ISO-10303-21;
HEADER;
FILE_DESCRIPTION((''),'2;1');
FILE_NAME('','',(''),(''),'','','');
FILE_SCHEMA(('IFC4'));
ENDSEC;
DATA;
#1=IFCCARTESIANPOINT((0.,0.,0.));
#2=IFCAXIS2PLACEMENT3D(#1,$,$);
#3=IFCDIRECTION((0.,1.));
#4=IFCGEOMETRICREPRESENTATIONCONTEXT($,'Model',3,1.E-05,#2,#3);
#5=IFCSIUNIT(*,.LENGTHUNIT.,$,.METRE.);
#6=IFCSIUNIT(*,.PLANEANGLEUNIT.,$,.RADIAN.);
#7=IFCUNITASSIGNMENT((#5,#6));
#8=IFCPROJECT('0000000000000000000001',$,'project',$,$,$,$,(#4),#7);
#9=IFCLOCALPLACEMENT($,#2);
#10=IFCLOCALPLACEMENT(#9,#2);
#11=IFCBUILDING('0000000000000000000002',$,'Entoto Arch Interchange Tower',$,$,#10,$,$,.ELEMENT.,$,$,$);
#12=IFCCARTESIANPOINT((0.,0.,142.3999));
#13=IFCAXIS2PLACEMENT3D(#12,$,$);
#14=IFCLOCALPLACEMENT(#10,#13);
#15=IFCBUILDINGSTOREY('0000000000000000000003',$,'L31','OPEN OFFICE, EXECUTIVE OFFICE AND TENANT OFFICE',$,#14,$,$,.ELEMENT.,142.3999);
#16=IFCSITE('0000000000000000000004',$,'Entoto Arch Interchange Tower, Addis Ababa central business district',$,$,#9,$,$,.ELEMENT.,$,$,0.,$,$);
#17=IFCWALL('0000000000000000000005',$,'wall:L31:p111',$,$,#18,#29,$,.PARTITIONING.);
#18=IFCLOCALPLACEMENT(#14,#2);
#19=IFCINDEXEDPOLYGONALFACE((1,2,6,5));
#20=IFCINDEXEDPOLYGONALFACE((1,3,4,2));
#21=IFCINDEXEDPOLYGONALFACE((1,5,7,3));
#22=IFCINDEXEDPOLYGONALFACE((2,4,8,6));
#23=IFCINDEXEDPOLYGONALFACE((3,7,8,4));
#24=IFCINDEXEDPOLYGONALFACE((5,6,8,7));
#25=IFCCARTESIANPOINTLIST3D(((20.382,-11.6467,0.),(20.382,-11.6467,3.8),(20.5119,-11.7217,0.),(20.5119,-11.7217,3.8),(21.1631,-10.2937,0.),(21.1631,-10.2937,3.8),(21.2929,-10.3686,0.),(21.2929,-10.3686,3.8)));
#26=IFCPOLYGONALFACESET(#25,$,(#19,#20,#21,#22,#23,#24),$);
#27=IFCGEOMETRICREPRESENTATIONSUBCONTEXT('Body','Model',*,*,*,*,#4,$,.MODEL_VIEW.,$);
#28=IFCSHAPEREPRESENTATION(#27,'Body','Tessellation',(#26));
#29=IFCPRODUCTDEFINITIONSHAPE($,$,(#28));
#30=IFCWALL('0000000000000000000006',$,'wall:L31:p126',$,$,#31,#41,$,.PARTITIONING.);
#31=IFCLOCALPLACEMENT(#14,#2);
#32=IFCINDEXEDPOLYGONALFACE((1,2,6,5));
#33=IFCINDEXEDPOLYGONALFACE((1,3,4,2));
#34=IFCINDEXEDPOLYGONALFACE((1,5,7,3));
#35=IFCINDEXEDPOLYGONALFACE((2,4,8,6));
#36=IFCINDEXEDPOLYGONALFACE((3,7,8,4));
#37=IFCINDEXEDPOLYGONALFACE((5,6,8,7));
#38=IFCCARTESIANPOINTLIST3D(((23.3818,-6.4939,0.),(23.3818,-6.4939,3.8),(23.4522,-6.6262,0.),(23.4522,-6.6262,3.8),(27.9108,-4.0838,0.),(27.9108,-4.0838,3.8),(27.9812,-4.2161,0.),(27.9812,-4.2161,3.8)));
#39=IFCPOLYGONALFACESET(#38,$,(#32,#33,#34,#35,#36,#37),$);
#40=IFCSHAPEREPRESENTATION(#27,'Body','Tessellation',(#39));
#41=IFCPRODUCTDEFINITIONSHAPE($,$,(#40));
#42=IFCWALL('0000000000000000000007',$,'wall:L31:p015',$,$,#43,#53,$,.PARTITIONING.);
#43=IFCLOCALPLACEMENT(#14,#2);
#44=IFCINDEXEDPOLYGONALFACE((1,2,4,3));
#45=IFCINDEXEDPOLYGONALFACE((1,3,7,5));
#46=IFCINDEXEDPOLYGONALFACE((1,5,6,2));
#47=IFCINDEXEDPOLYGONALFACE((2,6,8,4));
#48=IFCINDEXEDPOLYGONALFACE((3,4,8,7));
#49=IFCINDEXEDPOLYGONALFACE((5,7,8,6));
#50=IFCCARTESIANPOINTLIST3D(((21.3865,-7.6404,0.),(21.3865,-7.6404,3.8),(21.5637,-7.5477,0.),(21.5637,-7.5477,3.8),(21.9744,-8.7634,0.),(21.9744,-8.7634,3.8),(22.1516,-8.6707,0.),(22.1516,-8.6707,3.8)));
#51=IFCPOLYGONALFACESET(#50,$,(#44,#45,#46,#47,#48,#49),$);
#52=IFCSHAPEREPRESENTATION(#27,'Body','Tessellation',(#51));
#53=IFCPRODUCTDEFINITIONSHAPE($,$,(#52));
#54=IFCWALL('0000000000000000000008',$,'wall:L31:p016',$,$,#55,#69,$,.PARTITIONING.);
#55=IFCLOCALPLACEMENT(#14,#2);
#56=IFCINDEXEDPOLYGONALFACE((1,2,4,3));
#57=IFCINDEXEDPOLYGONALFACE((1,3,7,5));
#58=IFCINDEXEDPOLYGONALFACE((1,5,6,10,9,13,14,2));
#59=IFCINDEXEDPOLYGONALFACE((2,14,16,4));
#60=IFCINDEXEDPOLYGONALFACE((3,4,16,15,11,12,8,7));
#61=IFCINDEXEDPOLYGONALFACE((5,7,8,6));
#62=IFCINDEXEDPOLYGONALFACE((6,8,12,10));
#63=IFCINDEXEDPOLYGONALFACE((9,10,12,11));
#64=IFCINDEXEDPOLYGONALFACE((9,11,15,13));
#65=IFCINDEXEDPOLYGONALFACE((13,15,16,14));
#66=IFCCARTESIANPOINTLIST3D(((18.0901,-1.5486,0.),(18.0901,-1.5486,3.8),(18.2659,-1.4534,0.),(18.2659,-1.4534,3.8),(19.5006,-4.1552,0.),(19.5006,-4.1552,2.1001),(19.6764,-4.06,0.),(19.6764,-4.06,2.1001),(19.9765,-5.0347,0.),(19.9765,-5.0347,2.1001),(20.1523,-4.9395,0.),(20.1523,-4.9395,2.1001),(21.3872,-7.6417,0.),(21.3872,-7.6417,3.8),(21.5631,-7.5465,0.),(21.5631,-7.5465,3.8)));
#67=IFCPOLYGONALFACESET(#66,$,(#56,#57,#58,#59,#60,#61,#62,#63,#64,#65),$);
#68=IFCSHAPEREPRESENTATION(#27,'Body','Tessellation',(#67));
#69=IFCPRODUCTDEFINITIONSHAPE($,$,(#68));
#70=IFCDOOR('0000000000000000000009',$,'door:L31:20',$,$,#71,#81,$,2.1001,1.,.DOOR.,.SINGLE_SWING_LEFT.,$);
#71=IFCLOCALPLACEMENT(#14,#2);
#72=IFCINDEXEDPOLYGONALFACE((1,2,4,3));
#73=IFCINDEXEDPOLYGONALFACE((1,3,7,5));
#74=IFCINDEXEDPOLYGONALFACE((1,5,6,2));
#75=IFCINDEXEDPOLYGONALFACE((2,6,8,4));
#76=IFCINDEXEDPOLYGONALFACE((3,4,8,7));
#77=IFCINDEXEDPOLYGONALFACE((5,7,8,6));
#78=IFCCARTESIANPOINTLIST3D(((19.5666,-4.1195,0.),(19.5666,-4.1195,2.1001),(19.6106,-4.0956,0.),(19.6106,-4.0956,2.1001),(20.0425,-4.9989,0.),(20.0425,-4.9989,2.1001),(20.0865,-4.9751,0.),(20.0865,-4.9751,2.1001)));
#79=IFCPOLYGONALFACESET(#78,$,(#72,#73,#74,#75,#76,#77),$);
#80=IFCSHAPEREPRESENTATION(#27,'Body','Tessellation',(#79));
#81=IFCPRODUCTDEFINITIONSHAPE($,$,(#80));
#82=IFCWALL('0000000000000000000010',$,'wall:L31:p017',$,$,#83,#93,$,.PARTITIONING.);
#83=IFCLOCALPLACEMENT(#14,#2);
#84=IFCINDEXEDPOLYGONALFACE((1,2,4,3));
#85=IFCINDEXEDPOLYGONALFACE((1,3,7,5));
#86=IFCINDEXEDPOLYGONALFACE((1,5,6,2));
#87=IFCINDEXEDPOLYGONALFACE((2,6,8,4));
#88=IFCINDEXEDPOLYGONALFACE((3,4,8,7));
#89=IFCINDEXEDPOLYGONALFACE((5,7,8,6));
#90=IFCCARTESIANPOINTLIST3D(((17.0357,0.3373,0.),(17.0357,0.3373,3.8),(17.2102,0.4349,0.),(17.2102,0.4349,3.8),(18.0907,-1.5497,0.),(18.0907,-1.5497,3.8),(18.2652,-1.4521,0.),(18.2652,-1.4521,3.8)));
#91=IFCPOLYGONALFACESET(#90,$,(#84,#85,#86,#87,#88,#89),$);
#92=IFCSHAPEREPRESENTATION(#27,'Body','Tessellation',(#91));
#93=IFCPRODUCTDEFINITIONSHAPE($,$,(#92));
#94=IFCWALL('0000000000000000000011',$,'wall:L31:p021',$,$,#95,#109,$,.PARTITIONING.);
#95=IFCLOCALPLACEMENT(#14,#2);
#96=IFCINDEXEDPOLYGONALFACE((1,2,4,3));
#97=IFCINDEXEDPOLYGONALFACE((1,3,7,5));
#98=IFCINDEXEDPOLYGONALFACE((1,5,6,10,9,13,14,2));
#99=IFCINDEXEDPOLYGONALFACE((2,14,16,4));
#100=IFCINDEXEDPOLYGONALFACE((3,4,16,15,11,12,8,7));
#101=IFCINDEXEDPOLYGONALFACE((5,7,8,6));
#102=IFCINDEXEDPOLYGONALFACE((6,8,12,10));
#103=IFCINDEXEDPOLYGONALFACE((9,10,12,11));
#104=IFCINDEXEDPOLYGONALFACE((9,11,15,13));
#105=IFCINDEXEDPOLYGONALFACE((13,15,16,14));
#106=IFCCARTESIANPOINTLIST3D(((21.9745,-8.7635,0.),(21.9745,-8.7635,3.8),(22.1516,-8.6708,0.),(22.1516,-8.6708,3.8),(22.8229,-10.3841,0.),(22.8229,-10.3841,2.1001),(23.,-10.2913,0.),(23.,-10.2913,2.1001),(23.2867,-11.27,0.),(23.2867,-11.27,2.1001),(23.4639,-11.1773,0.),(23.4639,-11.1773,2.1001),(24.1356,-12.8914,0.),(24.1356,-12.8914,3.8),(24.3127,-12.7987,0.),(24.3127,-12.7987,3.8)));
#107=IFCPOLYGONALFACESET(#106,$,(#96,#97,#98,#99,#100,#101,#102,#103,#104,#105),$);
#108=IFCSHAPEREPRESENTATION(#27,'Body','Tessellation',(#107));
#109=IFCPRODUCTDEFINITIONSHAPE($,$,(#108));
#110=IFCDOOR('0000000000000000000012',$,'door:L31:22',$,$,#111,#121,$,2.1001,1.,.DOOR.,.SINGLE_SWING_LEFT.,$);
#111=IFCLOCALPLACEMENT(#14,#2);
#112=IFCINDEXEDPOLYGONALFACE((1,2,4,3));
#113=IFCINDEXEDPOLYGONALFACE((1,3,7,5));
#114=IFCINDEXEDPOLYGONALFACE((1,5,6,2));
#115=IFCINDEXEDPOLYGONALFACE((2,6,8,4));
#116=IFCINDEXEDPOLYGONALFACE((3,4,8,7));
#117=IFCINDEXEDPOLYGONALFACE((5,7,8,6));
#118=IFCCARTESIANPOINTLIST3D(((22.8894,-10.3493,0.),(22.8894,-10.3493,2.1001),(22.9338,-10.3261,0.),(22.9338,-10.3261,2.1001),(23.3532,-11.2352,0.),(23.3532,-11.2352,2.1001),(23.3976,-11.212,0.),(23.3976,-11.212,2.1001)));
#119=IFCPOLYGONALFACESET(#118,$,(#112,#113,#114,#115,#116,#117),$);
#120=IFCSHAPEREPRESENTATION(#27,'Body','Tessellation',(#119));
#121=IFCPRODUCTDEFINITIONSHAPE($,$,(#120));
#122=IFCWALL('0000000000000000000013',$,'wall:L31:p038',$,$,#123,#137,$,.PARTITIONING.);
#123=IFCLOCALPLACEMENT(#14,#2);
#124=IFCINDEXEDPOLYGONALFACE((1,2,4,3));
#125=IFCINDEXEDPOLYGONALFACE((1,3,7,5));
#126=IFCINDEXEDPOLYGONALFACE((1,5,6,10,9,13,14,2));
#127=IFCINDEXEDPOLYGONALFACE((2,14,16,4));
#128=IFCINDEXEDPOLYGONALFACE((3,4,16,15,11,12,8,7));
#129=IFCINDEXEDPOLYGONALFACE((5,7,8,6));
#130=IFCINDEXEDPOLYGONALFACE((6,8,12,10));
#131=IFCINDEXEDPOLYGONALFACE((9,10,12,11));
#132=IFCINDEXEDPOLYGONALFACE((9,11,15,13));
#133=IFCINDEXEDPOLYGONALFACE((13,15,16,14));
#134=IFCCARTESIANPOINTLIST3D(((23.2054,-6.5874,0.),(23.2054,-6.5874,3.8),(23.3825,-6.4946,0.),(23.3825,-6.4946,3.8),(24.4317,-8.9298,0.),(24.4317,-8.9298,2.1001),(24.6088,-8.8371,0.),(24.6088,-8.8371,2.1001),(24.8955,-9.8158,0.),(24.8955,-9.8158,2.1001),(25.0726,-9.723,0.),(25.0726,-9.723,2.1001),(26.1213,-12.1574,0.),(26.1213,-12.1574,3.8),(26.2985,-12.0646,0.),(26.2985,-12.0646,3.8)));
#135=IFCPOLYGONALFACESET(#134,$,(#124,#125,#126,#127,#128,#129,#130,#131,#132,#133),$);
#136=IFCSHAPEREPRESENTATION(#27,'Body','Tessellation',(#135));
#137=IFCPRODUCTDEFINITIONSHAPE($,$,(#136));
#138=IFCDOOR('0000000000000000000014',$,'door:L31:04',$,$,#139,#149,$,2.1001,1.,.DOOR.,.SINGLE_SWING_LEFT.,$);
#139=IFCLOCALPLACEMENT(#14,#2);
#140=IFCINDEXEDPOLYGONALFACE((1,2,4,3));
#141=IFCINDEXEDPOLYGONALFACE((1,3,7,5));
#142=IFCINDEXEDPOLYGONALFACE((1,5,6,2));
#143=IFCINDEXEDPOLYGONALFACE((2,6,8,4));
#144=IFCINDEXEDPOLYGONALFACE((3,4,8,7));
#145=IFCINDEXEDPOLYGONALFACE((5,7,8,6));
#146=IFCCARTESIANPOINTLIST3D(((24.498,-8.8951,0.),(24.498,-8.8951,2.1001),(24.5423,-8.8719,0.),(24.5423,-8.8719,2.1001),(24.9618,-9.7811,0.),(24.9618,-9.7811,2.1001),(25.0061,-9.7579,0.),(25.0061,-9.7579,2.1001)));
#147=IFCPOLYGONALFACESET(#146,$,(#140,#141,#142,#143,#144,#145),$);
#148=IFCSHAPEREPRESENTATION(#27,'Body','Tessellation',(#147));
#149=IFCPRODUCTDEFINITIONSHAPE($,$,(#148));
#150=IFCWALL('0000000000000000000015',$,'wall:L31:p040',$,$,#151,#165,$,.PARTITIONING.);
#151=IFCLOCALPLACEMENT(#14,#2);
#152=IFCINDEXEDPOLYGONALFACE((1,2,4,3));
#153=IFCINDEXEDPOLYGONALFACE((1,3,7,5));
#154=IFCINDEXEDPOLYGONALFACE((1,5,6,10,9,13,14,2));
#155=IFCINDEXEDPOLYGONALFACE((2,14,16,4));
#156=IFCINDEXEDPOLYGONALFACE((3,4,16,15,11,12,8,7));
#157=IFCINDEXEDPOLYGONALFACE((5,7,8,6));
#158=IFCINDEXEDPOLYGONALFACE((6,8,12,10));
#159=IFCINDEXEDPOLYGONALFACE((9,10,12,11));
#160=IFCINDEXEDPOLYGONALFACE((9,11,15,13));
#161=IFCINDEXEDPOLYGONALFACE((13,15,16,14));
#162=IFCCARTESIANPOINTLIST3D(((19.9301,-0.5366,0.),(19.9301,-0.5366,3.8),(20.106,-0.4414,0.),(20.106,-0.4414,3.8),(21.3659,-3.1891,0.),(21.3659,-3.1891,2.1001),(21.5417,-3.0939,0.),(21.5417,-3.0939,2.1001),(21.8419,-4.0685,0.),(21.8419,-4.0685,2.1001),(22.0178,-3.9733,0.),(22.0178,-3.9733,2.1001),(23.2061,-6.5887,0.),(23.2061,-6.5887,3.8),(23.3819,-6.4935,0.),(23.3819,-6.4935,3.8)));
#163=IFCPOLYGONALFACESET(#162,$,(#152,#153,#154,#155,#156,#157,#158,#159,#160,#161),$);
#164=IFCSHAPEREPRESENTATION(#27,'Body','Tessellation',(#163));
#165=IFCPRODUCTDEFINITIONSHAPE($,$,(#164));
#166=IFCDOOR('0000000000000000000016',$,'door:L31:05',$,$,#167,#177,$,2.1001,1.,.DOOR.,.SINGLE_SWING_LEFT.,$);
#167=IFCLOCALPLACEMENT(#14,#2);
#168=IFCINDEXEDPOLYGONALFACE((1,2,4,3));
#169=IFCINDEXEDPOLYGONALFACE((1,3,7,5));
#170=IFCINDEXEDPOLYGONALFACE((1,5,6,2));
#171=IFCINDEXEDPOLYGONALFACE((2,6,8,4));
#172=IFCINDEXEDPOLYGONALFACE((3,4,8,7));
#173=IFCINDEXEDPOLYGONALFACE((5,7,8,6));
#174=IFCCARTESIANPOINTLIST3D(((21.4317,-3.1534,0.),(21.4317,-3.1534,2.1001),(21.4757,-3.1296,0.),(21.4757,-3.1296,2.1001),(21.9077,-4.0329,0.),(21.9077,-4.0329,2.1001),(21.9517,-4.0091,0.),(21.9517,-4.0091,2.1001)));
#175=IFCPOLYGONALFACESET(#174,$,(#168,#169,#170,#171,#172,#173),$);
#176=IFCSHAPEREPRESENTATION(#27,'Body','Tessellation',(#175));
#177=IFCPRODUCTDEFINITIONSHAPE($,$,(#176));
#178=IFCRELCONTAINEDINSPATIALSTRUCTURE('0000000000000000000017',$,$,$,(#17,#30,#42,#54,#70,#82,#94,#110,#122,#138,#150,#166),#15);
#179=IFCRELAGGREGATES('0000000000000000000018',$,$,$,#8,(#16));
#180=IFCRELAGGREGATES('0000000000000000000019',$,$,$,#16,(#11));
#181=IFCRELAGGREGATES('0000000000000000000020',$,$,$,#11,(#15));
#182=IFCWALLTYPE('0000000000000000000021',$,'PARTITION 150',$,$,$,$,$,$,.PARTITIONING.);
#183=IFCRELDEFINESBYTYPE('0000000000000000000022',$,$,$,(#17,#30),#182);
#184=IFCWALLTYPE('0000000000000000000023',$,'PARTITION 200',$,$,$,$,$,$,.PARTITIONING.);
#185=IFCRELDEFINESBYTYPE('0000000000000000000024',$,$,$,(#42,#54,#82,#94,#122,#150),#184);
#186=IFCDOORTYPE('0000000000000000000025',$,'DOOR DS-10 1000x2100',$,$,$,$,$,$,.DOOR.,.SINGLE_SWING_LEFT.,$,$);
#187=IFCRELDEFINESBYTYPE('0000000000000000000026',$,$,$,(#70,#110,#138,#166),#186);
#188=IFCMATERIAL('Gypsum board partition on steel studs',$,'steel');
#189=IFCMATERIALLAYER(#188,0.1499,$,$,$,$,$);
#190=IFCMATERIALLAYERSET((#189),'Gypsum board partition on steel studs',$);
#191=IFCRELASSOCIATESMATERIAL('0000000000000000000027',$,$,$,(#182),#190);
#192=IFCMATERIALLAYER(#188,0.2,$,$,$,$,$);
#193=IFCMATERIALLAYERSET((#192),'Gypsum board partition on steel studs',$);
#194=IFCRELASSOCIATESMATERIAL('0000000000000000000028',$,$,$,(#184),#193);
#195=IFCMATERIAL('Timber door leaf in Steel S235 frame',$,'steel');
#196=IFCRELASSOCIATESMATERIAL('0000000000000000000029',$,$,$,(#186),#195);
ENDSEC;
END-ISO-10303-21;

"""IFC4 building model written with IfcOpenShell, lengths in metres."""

from ifc_helpers import new_model, si_unit, direction, frame, frame_2d, origin, place, context, subcontext, project, spatial, rectangle, extrude, material, layer, layer_set, type_object, element, fill, save


model = new_model("IFC4")

# Units and contexts
model_context = context("Model", 3, precision=1e-05, world=origin(), true_north=direction((0.0, 1.0)))
body_context = subcontext(model_context, "Body", "Model", "MODEL_VIEW")
ifc_project = project(units=[si_unit("LENGTHUNIT", "METRE"), si_unit("PLANEANGLEUNIT", "RADIAN")], contexts=[model_context])

# Site, building, storey
site_placement = place(None, origin())
site = spatial("IfcSite", under=ifc_project, at=site_placement, Name="Entoto Arch Interchange Tower, Addis Ababa central business district", CompositionType="ELEMENT", RefElevation=0.0)
building_placement = place(site_placement, origin())
building = spatial("IfcBuilding", under=site, at=building_placement, Name="Entoto Arch Interchange Tower", CompositionType="ELEMENT")
storey_placement = place(building_placement, frame((0.0, 0.0, 142.3999)))
storey = spatial("IfcBuildingStorey", under=building, at=storey_placement, Name="L31", Description="OPEN OFFICE, EXECUTIVE OFFICE AND TENANT OFFICE", CompositionType="ELEMENT", Elevation=142.3999)

# Walls
ifc_material_1 = material(Name="Gypsum board partition on steel studs", Category="steel")
ifc_layer_1 = layer(ifc_material_1, 0.1499)
ifc_layer_set_1 = layer_set([ifc_layer_1], Name="Gypsum board partition on steel studs")
wall_type_1 = type_object("IfcWallType", Name="PARTITION 150", PredefinedType="PARTITIONING", material=ifc_layer_set_1)
wall_1_placement = place(storey_placement, frame((21.228, -10.3311, 0.0), z_axis=(0.0, 0.0, 1.0), x_axis=(-0.499921, -0.866071, 0.0)))
element("IfcWall", 1, at=wall_1_placement, inside=storey, type_object=wall_type_1, Name="wall:L31:p111", PredefinedType="PARTITIONING", context=body_context, shape_type="SweptSolid", body=[
    extrude(rectangle(XDim=1.5623, YDim=0.1499, at=frame_2d((0.7812, 0.0))), origin(), (0.0, 0.0, 1.0), 3.8),
])
wall_2_placement = place(storey_placement, frame((23.417, -6.5601, 0.0), z_axis=(0.0, 0.0, 1.0), x_axis=(0.882785, 0.469778, 0.0)))
element("IfcWall", 2, at=wall_2_placement, inside=storey, type_object=wall_type_1, Name="wall:L31:p126", PredefinedType="PARTITIONING", context=body_context, shape_type="SweptSolid", body=[
    extrude(rectangle(XDim=5.1304, YDim=0.1499, at=frame_2d((2.5652, 0.0))), origin(), (0.0, 0.0, 1.0), 3.8),
])
ifc_layer_2 = layer(ifc_material_1, 0.2)
ifc_layer_set_2 = layer_set([ifc_layer_2], Name="Gypsum board partition on steel studs")
wall_type_2 = type_object("IfcWallType", Name="PARTITION 200", PredefinedType="PARTITIONING", material=ifc_layer_set_2)
wall_3_placement = place(storey_placement, frame((22.063, -8.717, 0.0), z_axis=(0.0, 0.0, 1.0), x_axis=(-0.463777, 0.885952, 0.0)))
element("IfcWall", 3, at=wall_3_placement, inside=storey, type_object=wall_type_2, Name="wall:L31:p015", PredefinedType="PARTITIONING", context=body_context, shape_type="SweptSolid", body=[
    extrude(rectangle(XDim=1.2676, YDim=0.2, at=frame_2d((0.6338, 0.0))), origin(), (0.0, 0.0, 1.0), 3.8),
])

# Wall, opening, door
wall_4_placement = place(storey_placement, frame((21.4751, -7.594, 0.0), z_axis=(0.0, 0.0, 1.0), x_axis=(-0.475919, 0.879489, 0.0)))
wall_4 = element("IfcWall", 4, at=wall_4_placement, inside=storey, type_object=wall_type_2, Name="wall:L31:p016", PredefinedType="PARTITIONING", context=body_context, shape_type="SweptSolid", body=[
    extrude(rectangle(XDim=6.928, YDim=0.2, at=frame_2d((3.4639, 0.0))), origin(), (0.0, 0.0, 1.0), 3.8),
])
opening_1_placement = place(wall_4_placement, frame((2.9641, 0.0, 0.0)))
opening_1 = element("IfcOpeningElement", 5, at=opening_1_placement, cuts=wall_4, PredefinedType="OPENING", context=body_context, shape_type="SweptSolid", body=[
    extrude(rectangle(XDim=1.0, YDim=2.1001, at=frame_2d((0.5, 1.05))), frame((0.0, 0.1099, 0.0), z_axis=(0.0, -1.0, 0.0), x_axis=(1.0, 0.0, 0.0)), (0.0, 0.0, 1.0), 0.22),
])
ifc_material_2 = material(Name="Timber door leaf in Steel S235 frame", Category="steel")
door_type = type_object("IfcDoorType", Name="DOOR DS-10 1000x2100", OperationType="SINGLE_SWING_LEFT", PredefinedType="DOOR", material=ifc_material_2)
door_1_placement = place(opening_1_placement, origin())
door_1 = element("IfcDoor", 6, at=door_1_placement, inside=storey, type_object=door_type, Name="door:L31:20", OperationType="SINGLE_SWING_LEFT", OverallHeight=2.1001, OverallWidth=1.0, PredefinedType="DOOR", context=body_context, shape_type="SweptSolid", body=[
    extrude(rectangle(XDim=1.0, YDim=2.1001, at=frame_2d((0.5, 1.05))), frame((0.0, 0.0249, 0.0), z_axis=(0.0, -1.0, 0.0), x_axis=(1.0, 0.0, 0.0)), (0.0, 0.0, 1.0), 0.05),
])
fill(opening_1, door_1)

# Wall
wall_5_placement = place(storey_placement, frame((18.178, -1.501, 0.0), z_axis=(0.0, 0.0, 1.0), x_axis=(-0.487981, 0.872854, 0.0)))
element("IfcWall", 7, at=wall_5_placement, inside=storey, type_object=wall_type_2, Name="wall:L31:p017", PredefinedType="PARTITIONING", context=body_context, shape_type="SweptSolid", body=[
    extrude(rectangle(XDim=2.1619, YDim=0.2, at=frame_2d((1.0811, 0.0))), origin(), (0.0, 0.0, 1.0), 3.8),
])

# Walls, openings, doors
wall_6_placement = place(storey_placement, frame((24.2241, -12.845, 0.0), z_axis=(0.0, 0.0, 1.0), x_axis=(-0.463819, 0.88593, 0.0)))
wall_6 = element("IfcWall", 8, at=wall_6_placement, inside=storey, type_object=wall_type_2, Name="wall:L31:p021", PredefinedType="PARTITIONING", context=body_context, shape_type="SweptSolid", body=[
    extrude(rectangle(XDim=4.6594, YDim=0.2, at=frame_2d((2.3296, 0.0))), origin(), (0.0, 0.0, 1.0), 3.8),
])
opening_2_placement = place(wall_6_placement, frame((1.8301, 0.0, 0.0)))
opening_2 = element("IfcOpeningElement", 9, at=opening_2_placement, cuts=wall_6, PredefinedType="OPENING", context=body_context, shape_type="SweptSolid", body=[
    extrude(rectangle(XDim=1.0, YDim=2.1001, at=frame_2d((0.5, 1.05))), frame((0.0, 0.1099, 0.0), z_axis=(0.0, -1.0, 0.0), x_axis=(1.0, 0.0, 0.0)), (0.0, 0.0, 1.0), 0.22),
])
door_2_placement = place(opening_2_placement, origin())
door_2 = element("IfcDoor", 10, at=door_2_placement, inside=storey, type_object=door_type, Name="door:L31:22", OperationType="SINGLE_SWING_LEFT", OverallHeight=2.1001, OverallWidth=1.0, PredefinedType="DOOR", context=body_context, shape_type="SweptSolid", body=[
    extrude(rectangle(XDim=1.0, YDim=2.1001, at=frame_2d((0.5, 1.05))), frame((0.0, 0.0249, 0.0), z_axis=(0.0, -1.0, 0.0), x_axis=(1.0, 0.0, 0.0)), (0.0, 0.0, 1.0), 0.05),
])
fill(opening_2, door_2)
wall_7_placement = place(storey_placement, frame((23.2939, -6.541, 0.0), z_axis=(0.0, 0.0, 1.0), x_axis=(0.463802, -0.885939, 0.0)))
wall_7 = element("IfcWall", 11, at=wall_7_placement, inside=storey, type_object=wall_type_2, Name="wall:L31:p038", PredefinedType="PARTITIONING", context=body_context, shape_type="SweptSolid", body=[
    extrude(rectangle(XDim=6.2871, YDim=0.2, at=frame_2d((3.1436, 0.0))), origin(), (0.0, 0.0, 1.0), 3.8),
])
opening_3_placement = place(wall_7_placement, frame((2.644, 0.0, 0.0)))
opening_3 = element("IfcOpeningElement", 12, at=opening_3_placement, cuts=wall_7, PredefinedType="OPENING", context=body_context, shape_type="SweptSolid", body=[
    extrude(rectangle(XDim=1.0, YDim=2.1001, at=frame_2d((0.5, 1.05))), frame((0.0, 0.1099, 0.0), z_axis=(0.0, -1.0, 0.0), x_axis=(1.0, 0.0, 0.0)), (0.0, 0.0, 1.0), 0.22),
])
door_3_placement = place(opening_3_placement, origin())
door_3 = element("IfcDoor", 13, at=door_3_placement, inside=storey, type_object=door_type, Name="door:L31:04", OperationType="SINGLE_SWING_LEFT", OverallHeight=2.1001, OverallWidth=1.0, PredefinedType="DOOR", context=body_context, shape_type="SweptSolid", body=[
    extrude(rectangle(XDim=1.0, YDim=2.1001, at=frame_2d((0.5, 1.05))), frame((0.0, 0.0249, 0.0), z_axis=(0.0, -1.0, 0.0), x_axis=(1.0, 0.0, 0.0)), (0.0, 0.0, 1.0), 0.05),
])
fill(opening_3, door_3)
wall_8_placement = place(storey_placement, frame((20.0181, -0.489, 0.0), z_axis=(0.0, 0.0, 1.0), x_axis=(0.476026, -0.879431, 0.0)))
wall_8 = element("IfcWall", 14, at=wall_8_placement, inside=storey, type_object=wall_type_2, Name="wall:L31:p040", PredefinedType="PARTITIONING", context=body_context, shape_type="SweptSolid", body=[
    extrude(rectangle(XDim=6.8818, YDim=0.2, at=frame_2d((3.4409, 0.0))), origin(), (0.0, 0.0, 1.0), 3.8),
])
opening_4_placement = place(wall_8_placement, frame((3.0161, 0.0, 0.0)))
opening_4 = element("IfcOpeningElement", 15, at=opening_4_placement, cuts=wall_8, PredefinedType="OPENING", context=body_context, shape_type="SweptSolid", body=[
    extrude(rectangle(XDim=1.0, YDim=2.1001, at=frame_2d((0.5, 1.05))), frame((0.0, 0.1099, 0.0), z_axis=(0.0, -1.0, 0.0), x_axis=(1.0, 0.0, 0.0)), (0.0, 0.0, 1.0), 0.22),
])
door_4_placement = place(opening_4_placement, origin())
door_4 = element("IfcDoor", 16, at=door_4_placement, inside=storey, type_object=door_type, Name="door:L31:05", OperationType="SINGLE_SWING_LEFT", OverallHeight=2.1001, OverallWidth=1.0, PredefinedType="DOOR", context=body_context, shape_type="SweptSolid", body=[
    extrude(rectangle(XDim=1.0, YDim=2.1001, at=frame_2d((0.5, 1.05))), frame((0.0, 0.0249, 0.0), z_axis=(0.0, -1.0, 0.0), x_axis=(1.0, 0.0, 0.0)), (0.0, 0.0, 1.0), 0.05),
])
fill(opening_4, door_4)

save(model, "model.ifc")
